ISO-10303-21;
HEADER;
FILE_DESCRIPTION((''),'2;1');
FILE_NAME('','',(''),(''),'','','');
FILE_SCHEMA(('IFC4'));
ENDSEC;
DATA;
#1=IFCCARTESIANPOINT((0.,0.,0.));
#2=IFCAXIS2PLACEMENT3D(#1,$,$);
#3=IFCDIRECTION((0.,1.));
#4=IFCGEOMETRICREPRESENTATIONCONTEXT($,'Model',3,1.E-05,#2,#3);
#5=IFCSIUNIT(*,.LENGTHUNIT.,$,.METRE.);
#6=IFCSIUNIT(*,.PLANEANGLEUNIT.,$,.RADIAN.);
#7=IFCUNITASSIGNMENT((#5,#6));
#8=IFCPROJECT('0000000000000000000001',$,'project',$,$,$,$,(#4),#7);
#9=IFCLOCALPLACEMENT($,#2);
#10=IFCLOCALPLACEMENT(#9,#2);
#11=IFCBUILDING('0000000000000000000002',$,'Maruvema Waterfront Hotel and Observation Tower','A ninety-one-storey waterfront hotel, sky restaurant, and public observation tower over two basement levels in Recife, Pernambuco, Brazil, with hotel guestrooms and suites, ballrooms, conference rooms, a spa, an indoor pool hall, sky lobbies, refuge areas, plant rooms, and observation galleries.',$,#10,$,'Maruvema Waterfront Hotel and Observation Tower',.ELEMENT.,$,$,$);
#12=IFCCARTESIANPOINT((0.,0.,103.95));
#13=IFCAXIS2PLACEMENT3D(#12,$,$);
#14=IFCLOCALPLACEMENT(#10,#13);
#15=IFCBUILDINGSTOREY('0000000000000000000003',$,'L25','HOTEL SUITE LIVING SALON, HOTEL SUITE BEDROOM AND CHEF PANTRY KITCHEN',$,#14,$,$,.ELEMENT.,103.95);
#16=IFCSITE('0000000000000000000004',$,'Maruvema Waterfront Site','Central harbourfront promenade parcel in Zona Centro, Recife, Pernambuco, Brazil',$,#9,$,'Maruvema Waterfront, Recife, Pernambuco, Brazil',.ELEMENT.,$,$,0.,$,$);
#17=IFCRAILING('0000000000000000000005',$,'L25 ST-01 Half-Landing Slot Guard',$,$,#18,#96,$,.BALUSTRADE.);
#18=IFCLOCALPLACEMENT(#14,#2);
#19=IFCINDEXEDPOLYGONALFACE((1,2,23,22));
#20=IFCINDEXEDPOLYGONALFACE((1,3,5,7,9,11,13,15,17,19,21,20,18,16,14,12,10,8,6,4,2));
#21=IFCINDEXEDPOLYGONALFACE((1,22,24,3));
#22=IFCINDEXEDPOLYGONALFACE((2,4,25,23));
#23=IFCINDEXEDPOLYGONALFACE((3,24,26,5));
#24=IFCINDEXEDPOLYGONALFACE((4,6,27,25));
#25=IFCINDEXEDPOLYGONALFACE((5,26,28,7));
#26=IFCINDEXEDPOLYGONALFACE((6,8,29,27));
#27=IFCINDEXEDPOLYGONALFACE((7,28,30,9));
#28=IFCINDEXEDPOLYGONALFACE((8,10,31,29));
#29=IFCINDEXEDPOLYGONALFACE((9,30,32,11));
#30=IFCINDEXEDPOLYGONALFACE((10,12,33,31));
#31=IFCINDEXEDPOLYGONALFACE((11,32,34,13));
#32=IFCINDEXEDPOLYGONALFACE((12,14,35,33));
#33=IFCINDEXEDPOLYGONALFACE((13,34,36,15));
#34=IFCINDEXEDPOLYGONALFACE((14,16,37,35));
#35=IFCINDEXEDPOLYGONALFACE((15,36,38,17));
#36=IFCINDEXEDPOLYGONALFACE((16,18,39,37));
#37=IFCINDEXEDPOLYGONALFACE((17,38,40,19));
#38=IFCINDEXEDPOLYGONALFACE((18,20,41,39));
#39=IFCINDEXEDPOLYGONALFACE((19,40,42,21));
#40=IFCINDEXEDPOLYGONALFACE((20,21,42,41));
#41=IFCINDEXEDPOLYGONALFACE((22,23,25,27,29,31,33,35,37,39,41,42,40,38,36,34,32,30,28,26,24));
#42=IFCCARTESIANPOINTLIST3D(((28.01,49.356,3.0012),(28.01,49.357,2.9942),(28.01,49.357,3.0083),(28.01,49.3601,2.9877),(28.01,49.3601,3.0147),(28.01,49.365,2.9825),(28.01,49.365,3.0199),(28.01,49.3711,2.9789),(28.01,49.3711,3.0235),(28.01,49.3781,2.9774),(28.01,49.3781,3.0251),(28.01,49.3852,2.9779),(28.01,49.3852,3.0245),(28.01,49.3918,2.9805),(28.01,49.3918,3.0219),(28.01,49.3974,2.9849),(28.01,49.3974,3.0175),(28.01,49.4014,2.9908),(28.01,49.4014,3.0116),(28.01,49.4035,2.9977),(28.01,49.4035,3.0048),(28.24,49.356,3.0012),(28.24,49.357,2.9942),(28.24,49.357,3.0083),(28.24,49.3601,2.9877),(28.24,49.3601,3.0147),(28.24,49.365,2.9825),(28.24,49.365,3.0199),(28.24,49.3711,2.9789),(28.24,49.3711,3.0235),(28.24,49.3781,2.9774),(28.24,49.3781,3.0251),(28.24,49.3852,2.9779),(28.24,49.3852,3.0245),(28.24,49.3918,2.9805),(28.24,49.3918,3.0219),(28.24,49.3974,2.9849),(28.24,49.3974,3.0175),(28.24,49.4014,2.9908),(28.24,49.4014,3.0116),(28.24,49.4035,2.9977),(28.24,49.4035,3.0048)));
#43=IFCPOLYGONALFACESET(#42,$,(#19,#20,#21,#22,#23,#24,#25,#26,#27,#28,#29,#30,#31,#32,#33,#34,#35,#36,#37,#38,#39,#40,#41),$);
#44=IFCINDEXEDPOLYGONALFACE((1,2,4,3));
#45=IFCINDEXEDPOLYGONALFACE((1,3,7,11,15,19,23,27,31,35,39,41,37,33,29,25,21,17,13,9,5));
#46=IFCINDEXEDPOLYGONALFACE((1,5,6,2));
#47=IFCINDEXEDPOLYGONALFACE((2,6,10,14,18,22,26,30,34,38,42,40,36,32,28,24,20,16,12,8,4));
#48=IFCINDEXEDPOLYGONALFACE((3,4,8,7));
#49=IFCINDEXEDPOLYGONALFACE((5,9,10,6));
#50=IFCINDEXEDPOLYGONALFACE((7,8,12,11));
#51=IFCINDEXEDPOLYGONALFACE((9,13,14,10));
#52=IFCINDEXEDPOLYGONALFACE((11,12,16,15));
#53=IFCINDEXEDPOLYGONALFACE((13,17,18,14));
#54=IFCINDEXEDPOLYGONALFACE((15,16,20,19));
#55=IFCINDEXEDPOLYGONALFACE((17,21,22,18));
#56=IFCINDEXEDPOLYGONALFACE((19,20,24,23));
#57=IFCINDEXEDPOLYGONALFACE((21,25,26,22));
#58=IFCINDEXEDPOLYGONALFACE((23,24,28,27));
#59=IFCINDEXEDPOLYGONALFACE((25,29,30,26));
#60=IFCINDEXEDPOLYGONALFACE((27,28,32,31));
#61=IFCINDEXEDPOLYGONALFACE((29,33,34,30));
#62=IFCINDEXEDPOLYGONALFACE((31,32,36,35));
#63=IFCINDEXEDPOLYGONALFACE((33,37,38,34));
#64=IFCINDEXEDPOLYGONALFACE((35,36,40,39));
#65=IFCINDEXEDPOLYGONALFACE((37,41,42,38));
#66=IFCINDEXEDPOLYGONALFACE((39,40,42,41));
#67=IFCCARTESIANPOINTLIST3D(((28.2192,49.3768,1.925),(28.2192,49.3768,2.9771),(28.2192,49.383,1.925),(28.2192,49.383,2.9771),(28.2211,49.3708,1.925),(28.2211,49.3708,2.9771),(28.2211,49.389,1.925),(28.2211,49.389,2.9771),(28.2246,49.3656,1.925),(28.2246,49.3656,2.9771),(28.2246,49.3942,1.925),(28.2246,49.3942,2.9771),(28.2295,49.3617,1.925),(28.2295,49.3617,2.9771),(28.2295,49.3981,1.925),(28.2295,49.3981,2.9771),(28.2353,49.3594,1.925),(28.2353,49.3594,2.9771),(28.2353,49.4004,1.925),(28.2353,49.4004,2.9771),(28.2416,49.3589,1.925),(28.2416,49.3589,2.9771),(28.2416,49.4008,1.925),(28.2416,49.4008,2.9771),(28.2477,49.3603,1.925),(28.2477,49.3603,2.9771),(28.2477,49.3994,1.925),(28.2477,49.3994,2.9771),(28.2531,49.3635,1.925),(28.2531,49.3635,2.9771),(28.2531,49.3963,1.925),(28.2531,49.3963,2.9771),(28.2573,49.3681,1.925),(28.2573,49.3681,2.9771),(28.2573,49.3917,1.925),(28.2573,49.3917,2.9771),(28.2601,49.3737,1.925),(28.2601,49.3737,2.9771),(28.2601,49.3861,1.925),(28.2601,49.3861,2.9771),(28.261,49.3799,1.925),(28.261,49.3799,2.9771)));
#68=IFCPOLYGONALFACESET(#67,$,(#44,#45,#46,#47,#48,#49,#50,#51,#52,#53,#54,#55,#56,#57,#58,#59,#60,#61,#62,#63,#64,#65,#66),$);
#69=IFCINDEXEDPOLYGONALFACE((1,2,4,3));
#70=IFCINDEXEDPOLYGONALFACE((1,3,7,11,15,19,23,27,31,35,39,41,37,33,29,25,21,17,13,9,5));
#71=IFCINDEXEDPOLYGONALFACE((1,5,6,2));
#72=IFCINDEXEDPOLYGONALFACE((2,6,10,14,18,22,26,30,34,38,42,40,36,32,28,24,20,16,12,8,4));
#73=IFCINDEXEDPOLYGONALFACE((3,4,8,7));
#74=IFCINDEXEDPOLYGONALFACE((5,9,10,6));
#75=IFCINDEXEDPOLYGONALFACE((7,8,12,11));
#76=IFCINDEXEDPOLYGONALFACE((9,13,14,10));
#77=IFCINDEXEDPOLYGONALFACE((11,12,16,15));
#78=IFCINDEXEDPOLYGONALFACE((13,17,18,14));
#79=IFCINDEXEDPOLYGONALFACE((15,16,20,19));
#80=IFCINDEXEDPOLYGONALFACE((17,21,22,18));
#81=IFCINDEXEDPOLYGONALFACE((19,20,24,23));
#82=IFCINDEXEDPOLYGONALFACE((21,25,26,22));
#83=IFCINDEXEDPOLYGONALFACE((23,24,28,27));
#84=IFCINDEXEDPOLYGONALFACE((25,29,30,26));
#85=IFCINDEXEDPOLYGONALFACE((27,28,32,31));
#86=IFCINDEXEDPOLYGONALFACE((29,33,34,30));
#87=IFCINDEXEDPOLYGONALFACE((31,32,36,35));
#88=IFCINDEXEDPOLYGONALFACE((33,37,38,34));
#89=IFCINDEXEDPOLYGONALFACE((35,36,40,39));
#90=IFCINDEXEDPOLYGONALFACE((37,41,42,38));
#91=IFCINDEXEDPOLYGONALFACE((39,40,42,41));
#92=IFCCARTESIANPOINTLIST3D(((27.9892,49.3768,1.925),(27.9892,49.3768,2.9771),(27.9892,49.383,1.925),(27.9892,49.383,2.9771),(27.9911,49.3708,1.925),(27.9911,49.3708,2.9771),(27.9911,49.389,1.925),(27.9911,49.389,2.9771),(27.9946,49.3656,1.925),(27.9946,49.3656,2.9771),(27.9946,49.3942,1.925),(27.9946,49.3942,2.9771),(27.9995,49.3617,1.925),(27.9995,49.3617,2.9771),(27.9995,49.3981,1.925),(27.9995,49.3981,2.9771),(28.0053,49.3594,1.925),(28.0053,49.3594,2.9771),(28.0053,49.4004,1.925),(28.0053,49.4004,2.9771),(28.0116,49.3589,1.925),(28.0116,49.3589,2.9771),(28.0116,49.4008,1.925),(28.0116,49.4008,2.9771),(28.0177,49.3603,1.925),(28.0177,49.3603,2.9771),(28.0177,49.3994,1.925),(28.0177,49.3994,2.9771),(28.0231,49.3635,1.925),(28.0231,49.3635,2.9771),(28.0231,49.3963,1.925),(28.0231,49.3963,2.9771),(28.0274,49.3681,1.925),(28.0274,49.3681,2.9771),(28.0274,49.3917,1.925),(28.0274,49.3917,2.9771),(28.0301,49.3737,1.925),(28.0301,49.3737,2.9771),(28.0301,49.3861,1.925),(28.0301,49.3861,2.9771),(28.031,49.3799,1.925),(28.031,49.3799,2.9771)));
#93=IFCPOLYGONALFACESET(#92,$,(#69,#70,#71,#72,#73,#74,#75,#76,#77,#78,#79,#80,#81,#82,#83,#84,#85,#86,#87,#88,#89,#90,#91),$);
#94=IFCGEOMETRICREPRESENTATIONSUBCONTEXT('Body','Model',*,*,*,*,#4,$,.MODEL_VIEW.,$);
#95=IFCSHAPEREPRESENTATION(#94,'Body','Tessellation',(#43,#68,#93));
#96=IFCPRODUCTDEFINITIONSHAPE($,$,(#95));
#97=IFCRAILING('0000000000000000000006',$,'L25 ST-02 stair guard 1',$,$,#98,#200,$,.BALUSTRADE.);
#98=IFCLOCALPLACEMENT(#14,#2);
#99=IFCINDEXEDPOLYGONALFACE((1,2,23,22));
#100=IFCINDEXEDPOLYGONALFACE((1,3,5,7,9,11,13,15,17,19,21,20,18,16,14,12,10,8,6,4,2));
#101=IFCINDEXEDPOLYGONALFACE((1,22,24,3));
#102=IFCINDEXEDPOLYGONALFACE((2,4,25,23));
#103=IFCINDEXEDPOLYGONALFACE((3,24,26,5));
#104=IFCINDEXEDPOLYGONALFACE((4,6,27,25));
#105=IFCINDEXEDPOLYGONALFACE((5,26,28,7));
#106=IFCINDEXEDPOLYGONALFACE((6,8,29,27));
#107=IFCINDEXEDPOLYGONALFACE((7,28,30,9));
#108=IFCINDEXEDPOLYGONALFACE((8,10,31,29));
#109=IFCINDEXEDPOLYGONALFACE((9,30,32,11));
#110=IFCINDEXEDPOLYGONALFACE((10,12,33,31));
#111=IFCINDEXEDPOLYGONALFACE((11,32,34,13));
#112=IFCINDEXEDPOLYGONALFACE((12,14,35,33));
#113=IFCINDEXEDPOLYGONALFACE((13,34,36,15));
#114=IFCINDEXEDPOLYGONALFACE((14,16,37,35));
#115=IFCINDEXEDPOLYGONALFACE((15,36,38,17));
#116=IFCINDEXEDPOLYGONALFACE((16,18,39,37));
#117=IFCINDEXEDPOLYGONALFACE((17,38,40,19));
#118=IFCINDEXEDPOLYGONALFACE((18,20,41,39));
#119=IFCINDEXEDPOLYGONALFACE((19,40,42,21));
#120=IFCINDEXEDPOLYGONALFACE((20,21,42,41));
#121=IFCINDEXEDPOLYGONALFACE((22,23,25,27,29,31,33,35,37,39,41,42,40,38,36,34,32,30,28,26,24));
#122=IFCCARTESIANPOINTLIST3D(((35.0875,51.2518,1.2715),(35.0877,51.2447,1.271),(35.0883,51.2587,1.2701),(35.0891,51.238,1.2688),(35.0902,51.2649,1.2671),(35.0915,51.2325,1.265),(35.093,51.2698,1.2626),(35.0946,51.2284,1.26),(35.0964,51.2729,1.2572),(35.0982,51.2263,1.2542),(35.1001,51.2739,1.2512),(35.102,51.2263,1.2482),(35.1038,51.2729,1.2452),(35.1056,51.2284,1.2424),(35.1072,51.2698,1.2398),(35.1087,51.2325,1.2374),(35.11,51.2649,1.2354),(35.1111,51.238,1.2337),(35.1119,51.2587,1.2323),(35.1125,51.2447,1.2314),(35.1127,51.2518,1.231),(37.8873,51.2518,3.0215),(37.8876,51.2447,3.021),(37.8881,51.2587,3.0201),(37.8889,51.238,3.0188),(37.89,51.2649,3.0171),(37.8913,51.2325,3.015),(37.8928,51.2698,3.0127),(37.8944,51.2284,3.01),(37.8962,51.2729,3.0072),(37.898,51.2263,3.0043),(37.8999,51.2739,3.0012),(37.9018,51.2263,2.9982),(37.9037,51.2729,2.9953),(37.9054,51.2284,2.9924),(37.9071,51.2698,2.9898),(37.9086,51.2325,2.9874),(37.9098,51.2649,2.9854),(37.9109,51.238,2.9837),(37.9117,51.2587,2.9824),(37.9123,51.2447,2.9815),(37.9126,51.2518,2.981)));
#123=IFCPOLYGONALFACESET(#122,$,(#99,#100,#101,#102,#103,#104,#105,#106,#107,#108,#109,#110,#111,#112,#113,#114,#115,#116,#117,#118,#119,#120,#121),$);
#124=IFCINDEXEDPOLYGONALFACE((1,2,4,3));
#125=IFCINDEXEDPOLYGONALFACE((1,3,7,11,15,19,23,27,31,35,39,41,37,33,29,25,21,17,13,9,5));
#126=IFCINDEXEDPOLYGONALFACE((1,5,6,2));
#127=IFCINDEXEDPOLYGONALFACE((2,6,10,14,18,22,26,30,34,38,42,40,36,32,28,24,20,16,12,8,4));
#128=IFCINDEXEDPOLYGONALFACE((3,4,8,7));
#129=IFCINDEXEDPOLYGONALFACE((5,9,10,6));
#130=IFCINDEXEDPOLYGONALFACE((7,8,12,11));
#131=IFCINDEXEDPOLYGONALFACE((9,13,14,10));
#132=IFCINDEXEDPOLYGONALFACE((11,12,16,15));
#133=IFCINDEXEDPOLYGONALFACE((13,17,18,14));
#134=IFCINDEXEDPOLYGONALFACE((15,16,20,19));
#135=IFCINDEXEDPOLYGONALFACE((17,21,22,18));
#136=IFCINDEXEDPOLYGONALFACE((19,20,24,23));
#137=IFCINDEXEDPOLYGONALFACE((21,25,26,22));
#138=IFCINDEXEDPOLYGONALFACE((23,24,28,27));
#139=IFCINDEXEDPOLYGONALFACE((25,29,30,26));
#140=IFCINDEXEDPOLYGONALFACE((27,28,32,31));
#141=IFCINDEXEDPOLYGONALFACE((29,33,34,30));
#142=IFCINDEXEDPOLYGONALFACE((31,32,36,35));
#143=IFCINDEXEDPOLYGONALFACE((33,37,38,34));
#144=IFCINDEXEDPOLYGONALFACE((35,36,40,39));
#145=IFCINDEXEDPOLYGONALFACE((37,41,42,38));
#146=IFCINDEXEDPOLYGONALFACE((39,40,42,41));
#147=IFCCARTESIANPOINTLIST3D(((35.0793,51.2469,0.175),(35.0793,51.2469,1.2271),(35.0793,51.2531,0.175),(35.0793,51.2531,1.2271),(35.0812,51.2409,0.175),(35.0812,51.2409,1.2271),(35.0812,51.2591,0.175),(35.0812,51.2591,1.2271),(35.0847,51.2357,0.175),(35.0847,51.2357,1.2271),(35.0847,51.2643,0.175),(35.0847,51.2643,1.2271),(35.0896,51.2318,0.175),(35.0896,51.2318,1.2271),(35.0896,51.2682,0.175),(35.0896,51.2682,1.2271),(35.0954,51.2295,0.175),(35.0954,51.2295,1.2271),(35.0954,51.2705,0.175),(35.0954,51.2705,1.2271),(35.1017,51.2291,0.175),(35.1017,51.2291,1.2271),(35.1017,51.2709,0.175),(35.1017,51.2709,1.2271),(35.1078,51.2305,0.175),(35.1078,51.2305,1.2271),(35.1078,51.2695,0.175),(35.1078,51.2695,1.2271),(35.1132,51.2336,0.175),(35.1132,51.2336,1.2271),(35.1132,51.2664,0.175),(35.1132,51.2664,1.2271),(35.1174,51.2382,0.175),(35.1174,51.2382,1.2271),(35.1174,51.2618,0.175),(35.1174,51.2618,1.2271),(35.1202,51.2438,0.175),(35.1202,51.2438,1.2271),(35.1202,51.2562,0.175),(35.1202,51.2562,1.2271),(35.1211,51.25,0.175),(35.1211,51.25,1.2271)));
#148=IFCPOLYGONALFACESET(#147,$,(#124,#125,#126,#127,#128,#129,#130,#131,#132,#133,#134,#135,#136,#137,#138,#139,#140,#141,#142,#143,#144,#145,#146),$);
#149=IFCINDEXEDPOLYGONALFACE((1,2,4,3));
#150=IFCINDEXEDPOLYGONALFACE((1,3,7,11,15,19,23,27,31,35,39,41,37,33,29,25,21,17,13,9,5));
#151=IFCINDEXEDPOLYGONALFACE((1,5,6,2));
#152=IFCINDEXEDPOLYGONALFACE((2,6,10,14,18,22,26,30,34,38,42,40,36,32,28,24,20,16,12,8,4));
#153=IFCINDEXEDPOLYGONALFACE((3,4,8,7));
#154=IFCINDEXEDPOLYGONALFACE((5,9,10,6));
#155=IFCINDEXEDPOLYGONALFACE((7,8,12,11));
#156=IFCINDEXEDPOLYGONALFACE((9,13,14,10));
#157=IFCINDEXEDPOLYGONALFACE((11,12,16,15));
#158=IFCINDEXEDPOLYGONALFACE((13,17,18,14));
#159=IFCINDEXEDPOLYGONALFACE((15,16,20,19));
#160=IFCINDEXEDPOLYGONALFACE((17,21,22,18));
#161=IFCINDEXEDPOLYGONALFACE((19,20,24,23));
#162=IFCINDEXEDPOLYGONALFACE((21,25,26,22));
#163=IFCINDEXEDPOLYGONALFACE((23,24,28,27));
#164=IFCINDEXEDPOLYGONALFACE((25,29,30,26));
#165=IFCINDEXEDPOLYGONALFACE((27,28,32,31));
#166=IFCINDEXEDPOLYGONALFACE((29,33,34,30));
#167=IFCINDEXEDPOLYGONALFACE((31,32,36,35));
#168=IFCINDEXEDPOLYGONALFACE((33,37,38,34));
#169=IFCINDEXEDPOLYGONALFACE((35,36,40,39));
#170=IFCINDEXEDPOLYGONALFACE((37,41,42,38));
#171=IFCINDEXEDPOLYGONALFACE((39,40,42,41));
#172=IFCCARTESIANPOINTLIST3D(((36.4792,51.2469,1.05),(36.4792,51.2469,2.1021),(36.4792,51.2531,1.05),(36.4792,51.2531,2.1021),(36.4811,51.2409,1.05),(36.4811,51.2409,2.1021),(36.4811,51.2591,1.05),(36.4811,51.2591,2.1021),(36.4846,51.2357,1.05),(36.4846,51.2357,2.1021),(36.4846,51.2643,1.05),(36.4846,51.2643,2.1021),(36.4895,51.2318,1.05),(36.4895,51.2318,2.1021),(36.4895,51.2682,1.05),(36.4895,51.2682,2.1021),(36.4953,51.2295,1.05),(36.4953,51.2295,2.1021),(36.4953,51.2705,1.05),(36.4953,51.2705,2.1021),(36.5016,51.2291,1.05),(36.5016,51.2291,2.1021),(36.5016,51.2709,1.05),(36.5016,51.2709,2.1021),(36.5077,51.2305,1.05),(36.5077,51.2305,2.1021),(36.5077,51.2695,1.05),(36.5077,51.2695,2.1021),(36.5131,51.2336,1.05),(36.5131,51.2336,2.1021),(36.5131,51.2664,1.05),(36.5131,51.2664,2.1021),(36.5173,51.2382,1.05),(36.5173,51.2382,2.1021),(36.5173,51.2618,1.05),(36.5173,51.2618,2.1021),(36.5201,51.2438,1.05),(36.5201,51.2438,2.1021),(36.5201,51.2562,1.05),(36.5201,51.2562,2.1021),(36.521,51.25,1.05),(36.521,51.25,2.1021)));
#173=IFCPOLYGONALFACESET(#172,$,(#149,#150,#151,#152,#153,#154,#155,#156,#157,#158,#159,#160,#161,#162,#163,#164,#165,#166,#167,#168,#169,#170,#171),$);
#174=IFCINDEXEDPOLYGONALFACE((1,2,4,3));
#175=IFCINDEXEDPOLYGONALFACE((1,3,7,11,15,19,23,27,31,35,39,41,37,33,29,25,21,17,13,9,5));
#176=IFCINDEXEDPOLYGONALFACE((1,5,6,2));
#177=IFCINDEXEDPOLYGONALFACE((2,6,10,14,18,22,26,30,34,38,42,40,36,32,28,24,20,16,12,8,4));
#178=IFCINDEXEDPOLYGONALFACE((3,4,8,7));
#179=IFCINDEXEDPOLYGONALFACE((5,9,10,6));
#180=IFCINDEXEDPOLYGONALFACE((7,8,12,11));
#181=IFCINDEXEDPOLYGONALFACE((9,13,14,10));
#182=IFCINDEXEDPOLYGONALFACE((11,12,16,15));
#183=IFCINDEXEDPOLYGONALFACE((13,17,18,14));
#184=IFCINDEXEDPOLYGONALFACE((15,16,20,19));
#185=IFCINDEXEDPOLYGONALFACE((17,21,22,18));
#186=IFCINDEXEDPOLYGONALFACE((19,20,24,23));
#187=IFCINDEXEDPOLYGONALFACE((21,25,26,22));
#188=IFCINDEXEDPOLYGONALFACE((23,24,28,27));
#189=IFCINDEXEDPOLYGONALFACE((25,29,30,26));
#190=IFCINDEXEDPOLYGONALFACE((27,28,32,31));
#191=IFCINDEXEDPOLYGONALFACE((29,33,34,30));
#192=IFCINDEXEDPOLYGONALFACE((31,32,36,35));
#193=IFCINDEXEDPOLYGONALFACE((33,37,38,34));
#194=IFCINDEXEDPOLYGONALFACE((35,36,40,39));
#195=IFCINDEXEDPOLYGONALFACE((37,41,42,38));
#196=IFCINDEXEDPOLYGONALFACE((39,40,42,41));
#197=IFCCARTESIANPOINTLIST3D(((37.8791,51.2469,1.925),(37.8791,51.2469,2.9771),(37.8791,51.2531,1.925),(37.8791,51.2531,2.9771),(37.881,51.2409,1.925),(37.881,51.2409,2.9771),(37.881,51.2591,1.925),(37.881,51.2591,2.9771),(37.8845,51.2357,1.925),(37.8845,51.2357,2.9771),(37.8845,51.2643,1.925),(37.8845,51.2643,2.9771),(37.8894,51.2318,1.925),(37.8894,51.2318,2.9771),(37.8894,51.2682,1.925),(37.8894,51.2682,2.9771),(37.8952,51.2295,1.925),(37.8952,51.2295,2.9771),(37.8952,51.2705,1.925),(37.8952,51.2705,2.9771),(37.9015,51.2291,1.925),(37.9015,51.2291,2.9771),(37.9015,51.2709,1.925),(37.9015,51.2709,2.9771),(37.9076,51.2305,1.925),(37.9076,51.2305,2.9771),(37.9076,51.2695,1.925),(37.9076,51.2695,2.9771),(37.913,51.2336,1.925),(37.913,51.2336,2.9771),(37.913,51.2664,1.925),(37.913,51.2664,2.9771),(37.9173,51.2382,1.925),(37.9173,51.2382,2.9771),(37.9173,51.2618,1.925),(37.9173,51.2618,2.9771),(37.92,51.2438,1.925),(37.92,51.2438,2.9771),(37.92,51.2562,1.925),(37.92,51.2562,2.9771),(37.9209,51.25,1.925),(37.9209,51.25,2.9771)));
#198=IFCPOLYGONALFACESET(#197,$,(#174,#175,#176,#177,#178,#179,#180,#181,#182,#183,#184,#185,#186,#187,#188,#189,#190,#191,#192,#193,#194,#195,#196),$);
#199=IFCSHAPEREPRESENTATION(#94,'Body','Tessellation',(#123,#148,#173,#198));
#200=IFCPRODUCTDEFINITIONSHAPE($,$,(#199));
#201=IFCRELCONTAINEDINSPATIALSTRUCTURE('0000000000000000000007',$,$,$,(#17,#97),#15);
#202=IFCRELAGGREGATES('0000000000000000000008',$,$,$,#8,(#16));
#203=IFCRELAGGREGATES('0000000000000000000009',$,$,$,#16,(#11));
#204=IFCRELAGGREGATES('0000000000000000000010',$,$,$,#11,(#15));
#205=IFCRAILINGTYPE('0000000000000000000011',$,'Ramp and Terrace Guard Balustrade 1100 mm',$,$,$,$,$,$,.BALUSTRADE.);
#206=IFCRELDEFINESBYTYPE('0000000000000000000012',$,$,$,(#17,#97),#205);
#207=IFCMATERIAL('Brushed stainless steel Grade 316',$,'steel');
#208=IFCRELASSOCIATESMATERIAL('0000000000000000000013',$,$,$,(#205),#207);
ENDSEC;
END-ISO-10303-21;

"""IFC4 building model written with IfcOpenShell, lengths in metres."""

from ifc_helpers import new_model, si_unit, direction, frame, origin, origin_2d, place, context, subcontext, project, spatial, circle, extrude, material, type_object, element, save


model = new_model("IFC4")

# Units and contexts
model_context = context("Model", 3, precision=1e-05, world=origin(), true_north=direction((0.0, 1.0)))
body_context = subcontext(model_context, "Body", "Model", "MODEL_VIEW")
ifc_project = project(units=[si_unit("LENGTHUNIT", "METRE"), si_unit("PLANEANGLEUNIT", "RADIAN")], contexts=[model_context])

# Site, building, storey
site_placement = place(None, origin())
site = spatial("IfcSite", under=ifc_project, at=site_placement, Name="Maruvema Waterfront Site", Description="Central harbourfront promenade parcel in Zona Centro, Recife, Pernambuco, Brazil", LongName="Maruvema Waterfront, Recife, Pernambuco, Brazil", CompositionType="ELEMENT", RefElevation=0.0)
building_placement = place(site_placement, origin())
building = spatial("IfcBuilding", under=site, at=building_placement, Name="Maruvema Waterfront Hotel and Observation Tower", Description="A ninety-one-storey waterfront hotel, sky restaurant, and public observation tower over two basement levels in Recife, Pernambuco, Brazil, with hotel guestrooms and suites, ballrooms, conference rooms, a spa, an indoor pool hall, sky lobbies, refuge areas, plant rooms, and observation galleries.", LongName="Maruvema Waterfront Hotel and Observation Tower", CompositionType="ELEMENT")
storey_placement = place(building_placement, frame((0.0, 0.0, 103.95)))
storey = spatial("IfcBuildingStorey", under=building, at=storey_placement, Name="L25", Description="HOTEL SUITE LIVING SALON, HOTEL SUITE BEDROOM AND CHEF PANTRY KITCHEN", CompositionType="ELEMENT", Elevation=103.95)

# Railings
ifc_material_1 = material(Name="Brushed stainless steel Grade 316", Category="steel")
railing_type_1 = type_object("IfcRailingType", Name="Ramp and Terrace Guard Balustrade 1100 mm", PredefinedType="BALUSTRADE", material=ifc_material_1)
railing_1_placement = place(storey_placement, frame((28.24, 49.3799, 1.925)))
element("IfcRailing", 1, at=railing_1_placement, inside=storey, type_object=railing_type_1, Name="L25 ST-01 Half-Landing Slot Guard", PredefinedType="BALUSTRADE", context=body_context, shape_type="SweptSolid", body=[
    extrude(circle(Radius=0.0239, at=origin_2d()), frame((0.0, 0.0, 1.0762), z_axis=(-1.0, 0.0, 0.0), x_axis=(0.0, -1.0, 0.0)), (0.0, 0.0, 1.0), 0.23),
    extrude(circle(Radius=0.021, at=origin_2d()), origin(), (0.0, 0.0, 1.0), 1.052),
    extrude(circle(Radius=0.021, at=origin_2d()), frame((-0.23, 0.0, 0.0)), (0.0, 0.0, 1.0), 1.052),
])
railing_2_placement = place(storey_placement, frame((35.1001, 51.25, 0.175)))
element("IfcRailing", 2, at=railing_2_placement, inside=storey, type_object=railing_type_1, Name="L25 ST-02 stair guard 1", PredefinedType="BALUSTRADE", context=body_context, shape_type="SweptSolid", body=[
    extrude(circle(Radius=0.0239, at=origin_2d()), frame((0.0, 0.0, 1.0762), z_axis=(0.847982, 0.0, 0.530026), x_axis=(0.0, 1.0, 0.0)), (0.0, 0.0, 1.0), 3.3018),
    extrude(circle(Radius=0.021, at=origin_2d()), origin(), (0.0, 0.0, 1.0), 1.052),
    extrude(circle(Radius=0.021, at=origin_2d()), frame((1.3999, 0.0, 0.875)), (0.0, 0.0, 1.0), 1.052),
    extrude(circle(Radius=0.021, at=origin_2d()), frame((2.7998, 0.0, 1.75)), (0.0, 0.0, 1.0), 1.052),
])

save(model, "model.ifc")
